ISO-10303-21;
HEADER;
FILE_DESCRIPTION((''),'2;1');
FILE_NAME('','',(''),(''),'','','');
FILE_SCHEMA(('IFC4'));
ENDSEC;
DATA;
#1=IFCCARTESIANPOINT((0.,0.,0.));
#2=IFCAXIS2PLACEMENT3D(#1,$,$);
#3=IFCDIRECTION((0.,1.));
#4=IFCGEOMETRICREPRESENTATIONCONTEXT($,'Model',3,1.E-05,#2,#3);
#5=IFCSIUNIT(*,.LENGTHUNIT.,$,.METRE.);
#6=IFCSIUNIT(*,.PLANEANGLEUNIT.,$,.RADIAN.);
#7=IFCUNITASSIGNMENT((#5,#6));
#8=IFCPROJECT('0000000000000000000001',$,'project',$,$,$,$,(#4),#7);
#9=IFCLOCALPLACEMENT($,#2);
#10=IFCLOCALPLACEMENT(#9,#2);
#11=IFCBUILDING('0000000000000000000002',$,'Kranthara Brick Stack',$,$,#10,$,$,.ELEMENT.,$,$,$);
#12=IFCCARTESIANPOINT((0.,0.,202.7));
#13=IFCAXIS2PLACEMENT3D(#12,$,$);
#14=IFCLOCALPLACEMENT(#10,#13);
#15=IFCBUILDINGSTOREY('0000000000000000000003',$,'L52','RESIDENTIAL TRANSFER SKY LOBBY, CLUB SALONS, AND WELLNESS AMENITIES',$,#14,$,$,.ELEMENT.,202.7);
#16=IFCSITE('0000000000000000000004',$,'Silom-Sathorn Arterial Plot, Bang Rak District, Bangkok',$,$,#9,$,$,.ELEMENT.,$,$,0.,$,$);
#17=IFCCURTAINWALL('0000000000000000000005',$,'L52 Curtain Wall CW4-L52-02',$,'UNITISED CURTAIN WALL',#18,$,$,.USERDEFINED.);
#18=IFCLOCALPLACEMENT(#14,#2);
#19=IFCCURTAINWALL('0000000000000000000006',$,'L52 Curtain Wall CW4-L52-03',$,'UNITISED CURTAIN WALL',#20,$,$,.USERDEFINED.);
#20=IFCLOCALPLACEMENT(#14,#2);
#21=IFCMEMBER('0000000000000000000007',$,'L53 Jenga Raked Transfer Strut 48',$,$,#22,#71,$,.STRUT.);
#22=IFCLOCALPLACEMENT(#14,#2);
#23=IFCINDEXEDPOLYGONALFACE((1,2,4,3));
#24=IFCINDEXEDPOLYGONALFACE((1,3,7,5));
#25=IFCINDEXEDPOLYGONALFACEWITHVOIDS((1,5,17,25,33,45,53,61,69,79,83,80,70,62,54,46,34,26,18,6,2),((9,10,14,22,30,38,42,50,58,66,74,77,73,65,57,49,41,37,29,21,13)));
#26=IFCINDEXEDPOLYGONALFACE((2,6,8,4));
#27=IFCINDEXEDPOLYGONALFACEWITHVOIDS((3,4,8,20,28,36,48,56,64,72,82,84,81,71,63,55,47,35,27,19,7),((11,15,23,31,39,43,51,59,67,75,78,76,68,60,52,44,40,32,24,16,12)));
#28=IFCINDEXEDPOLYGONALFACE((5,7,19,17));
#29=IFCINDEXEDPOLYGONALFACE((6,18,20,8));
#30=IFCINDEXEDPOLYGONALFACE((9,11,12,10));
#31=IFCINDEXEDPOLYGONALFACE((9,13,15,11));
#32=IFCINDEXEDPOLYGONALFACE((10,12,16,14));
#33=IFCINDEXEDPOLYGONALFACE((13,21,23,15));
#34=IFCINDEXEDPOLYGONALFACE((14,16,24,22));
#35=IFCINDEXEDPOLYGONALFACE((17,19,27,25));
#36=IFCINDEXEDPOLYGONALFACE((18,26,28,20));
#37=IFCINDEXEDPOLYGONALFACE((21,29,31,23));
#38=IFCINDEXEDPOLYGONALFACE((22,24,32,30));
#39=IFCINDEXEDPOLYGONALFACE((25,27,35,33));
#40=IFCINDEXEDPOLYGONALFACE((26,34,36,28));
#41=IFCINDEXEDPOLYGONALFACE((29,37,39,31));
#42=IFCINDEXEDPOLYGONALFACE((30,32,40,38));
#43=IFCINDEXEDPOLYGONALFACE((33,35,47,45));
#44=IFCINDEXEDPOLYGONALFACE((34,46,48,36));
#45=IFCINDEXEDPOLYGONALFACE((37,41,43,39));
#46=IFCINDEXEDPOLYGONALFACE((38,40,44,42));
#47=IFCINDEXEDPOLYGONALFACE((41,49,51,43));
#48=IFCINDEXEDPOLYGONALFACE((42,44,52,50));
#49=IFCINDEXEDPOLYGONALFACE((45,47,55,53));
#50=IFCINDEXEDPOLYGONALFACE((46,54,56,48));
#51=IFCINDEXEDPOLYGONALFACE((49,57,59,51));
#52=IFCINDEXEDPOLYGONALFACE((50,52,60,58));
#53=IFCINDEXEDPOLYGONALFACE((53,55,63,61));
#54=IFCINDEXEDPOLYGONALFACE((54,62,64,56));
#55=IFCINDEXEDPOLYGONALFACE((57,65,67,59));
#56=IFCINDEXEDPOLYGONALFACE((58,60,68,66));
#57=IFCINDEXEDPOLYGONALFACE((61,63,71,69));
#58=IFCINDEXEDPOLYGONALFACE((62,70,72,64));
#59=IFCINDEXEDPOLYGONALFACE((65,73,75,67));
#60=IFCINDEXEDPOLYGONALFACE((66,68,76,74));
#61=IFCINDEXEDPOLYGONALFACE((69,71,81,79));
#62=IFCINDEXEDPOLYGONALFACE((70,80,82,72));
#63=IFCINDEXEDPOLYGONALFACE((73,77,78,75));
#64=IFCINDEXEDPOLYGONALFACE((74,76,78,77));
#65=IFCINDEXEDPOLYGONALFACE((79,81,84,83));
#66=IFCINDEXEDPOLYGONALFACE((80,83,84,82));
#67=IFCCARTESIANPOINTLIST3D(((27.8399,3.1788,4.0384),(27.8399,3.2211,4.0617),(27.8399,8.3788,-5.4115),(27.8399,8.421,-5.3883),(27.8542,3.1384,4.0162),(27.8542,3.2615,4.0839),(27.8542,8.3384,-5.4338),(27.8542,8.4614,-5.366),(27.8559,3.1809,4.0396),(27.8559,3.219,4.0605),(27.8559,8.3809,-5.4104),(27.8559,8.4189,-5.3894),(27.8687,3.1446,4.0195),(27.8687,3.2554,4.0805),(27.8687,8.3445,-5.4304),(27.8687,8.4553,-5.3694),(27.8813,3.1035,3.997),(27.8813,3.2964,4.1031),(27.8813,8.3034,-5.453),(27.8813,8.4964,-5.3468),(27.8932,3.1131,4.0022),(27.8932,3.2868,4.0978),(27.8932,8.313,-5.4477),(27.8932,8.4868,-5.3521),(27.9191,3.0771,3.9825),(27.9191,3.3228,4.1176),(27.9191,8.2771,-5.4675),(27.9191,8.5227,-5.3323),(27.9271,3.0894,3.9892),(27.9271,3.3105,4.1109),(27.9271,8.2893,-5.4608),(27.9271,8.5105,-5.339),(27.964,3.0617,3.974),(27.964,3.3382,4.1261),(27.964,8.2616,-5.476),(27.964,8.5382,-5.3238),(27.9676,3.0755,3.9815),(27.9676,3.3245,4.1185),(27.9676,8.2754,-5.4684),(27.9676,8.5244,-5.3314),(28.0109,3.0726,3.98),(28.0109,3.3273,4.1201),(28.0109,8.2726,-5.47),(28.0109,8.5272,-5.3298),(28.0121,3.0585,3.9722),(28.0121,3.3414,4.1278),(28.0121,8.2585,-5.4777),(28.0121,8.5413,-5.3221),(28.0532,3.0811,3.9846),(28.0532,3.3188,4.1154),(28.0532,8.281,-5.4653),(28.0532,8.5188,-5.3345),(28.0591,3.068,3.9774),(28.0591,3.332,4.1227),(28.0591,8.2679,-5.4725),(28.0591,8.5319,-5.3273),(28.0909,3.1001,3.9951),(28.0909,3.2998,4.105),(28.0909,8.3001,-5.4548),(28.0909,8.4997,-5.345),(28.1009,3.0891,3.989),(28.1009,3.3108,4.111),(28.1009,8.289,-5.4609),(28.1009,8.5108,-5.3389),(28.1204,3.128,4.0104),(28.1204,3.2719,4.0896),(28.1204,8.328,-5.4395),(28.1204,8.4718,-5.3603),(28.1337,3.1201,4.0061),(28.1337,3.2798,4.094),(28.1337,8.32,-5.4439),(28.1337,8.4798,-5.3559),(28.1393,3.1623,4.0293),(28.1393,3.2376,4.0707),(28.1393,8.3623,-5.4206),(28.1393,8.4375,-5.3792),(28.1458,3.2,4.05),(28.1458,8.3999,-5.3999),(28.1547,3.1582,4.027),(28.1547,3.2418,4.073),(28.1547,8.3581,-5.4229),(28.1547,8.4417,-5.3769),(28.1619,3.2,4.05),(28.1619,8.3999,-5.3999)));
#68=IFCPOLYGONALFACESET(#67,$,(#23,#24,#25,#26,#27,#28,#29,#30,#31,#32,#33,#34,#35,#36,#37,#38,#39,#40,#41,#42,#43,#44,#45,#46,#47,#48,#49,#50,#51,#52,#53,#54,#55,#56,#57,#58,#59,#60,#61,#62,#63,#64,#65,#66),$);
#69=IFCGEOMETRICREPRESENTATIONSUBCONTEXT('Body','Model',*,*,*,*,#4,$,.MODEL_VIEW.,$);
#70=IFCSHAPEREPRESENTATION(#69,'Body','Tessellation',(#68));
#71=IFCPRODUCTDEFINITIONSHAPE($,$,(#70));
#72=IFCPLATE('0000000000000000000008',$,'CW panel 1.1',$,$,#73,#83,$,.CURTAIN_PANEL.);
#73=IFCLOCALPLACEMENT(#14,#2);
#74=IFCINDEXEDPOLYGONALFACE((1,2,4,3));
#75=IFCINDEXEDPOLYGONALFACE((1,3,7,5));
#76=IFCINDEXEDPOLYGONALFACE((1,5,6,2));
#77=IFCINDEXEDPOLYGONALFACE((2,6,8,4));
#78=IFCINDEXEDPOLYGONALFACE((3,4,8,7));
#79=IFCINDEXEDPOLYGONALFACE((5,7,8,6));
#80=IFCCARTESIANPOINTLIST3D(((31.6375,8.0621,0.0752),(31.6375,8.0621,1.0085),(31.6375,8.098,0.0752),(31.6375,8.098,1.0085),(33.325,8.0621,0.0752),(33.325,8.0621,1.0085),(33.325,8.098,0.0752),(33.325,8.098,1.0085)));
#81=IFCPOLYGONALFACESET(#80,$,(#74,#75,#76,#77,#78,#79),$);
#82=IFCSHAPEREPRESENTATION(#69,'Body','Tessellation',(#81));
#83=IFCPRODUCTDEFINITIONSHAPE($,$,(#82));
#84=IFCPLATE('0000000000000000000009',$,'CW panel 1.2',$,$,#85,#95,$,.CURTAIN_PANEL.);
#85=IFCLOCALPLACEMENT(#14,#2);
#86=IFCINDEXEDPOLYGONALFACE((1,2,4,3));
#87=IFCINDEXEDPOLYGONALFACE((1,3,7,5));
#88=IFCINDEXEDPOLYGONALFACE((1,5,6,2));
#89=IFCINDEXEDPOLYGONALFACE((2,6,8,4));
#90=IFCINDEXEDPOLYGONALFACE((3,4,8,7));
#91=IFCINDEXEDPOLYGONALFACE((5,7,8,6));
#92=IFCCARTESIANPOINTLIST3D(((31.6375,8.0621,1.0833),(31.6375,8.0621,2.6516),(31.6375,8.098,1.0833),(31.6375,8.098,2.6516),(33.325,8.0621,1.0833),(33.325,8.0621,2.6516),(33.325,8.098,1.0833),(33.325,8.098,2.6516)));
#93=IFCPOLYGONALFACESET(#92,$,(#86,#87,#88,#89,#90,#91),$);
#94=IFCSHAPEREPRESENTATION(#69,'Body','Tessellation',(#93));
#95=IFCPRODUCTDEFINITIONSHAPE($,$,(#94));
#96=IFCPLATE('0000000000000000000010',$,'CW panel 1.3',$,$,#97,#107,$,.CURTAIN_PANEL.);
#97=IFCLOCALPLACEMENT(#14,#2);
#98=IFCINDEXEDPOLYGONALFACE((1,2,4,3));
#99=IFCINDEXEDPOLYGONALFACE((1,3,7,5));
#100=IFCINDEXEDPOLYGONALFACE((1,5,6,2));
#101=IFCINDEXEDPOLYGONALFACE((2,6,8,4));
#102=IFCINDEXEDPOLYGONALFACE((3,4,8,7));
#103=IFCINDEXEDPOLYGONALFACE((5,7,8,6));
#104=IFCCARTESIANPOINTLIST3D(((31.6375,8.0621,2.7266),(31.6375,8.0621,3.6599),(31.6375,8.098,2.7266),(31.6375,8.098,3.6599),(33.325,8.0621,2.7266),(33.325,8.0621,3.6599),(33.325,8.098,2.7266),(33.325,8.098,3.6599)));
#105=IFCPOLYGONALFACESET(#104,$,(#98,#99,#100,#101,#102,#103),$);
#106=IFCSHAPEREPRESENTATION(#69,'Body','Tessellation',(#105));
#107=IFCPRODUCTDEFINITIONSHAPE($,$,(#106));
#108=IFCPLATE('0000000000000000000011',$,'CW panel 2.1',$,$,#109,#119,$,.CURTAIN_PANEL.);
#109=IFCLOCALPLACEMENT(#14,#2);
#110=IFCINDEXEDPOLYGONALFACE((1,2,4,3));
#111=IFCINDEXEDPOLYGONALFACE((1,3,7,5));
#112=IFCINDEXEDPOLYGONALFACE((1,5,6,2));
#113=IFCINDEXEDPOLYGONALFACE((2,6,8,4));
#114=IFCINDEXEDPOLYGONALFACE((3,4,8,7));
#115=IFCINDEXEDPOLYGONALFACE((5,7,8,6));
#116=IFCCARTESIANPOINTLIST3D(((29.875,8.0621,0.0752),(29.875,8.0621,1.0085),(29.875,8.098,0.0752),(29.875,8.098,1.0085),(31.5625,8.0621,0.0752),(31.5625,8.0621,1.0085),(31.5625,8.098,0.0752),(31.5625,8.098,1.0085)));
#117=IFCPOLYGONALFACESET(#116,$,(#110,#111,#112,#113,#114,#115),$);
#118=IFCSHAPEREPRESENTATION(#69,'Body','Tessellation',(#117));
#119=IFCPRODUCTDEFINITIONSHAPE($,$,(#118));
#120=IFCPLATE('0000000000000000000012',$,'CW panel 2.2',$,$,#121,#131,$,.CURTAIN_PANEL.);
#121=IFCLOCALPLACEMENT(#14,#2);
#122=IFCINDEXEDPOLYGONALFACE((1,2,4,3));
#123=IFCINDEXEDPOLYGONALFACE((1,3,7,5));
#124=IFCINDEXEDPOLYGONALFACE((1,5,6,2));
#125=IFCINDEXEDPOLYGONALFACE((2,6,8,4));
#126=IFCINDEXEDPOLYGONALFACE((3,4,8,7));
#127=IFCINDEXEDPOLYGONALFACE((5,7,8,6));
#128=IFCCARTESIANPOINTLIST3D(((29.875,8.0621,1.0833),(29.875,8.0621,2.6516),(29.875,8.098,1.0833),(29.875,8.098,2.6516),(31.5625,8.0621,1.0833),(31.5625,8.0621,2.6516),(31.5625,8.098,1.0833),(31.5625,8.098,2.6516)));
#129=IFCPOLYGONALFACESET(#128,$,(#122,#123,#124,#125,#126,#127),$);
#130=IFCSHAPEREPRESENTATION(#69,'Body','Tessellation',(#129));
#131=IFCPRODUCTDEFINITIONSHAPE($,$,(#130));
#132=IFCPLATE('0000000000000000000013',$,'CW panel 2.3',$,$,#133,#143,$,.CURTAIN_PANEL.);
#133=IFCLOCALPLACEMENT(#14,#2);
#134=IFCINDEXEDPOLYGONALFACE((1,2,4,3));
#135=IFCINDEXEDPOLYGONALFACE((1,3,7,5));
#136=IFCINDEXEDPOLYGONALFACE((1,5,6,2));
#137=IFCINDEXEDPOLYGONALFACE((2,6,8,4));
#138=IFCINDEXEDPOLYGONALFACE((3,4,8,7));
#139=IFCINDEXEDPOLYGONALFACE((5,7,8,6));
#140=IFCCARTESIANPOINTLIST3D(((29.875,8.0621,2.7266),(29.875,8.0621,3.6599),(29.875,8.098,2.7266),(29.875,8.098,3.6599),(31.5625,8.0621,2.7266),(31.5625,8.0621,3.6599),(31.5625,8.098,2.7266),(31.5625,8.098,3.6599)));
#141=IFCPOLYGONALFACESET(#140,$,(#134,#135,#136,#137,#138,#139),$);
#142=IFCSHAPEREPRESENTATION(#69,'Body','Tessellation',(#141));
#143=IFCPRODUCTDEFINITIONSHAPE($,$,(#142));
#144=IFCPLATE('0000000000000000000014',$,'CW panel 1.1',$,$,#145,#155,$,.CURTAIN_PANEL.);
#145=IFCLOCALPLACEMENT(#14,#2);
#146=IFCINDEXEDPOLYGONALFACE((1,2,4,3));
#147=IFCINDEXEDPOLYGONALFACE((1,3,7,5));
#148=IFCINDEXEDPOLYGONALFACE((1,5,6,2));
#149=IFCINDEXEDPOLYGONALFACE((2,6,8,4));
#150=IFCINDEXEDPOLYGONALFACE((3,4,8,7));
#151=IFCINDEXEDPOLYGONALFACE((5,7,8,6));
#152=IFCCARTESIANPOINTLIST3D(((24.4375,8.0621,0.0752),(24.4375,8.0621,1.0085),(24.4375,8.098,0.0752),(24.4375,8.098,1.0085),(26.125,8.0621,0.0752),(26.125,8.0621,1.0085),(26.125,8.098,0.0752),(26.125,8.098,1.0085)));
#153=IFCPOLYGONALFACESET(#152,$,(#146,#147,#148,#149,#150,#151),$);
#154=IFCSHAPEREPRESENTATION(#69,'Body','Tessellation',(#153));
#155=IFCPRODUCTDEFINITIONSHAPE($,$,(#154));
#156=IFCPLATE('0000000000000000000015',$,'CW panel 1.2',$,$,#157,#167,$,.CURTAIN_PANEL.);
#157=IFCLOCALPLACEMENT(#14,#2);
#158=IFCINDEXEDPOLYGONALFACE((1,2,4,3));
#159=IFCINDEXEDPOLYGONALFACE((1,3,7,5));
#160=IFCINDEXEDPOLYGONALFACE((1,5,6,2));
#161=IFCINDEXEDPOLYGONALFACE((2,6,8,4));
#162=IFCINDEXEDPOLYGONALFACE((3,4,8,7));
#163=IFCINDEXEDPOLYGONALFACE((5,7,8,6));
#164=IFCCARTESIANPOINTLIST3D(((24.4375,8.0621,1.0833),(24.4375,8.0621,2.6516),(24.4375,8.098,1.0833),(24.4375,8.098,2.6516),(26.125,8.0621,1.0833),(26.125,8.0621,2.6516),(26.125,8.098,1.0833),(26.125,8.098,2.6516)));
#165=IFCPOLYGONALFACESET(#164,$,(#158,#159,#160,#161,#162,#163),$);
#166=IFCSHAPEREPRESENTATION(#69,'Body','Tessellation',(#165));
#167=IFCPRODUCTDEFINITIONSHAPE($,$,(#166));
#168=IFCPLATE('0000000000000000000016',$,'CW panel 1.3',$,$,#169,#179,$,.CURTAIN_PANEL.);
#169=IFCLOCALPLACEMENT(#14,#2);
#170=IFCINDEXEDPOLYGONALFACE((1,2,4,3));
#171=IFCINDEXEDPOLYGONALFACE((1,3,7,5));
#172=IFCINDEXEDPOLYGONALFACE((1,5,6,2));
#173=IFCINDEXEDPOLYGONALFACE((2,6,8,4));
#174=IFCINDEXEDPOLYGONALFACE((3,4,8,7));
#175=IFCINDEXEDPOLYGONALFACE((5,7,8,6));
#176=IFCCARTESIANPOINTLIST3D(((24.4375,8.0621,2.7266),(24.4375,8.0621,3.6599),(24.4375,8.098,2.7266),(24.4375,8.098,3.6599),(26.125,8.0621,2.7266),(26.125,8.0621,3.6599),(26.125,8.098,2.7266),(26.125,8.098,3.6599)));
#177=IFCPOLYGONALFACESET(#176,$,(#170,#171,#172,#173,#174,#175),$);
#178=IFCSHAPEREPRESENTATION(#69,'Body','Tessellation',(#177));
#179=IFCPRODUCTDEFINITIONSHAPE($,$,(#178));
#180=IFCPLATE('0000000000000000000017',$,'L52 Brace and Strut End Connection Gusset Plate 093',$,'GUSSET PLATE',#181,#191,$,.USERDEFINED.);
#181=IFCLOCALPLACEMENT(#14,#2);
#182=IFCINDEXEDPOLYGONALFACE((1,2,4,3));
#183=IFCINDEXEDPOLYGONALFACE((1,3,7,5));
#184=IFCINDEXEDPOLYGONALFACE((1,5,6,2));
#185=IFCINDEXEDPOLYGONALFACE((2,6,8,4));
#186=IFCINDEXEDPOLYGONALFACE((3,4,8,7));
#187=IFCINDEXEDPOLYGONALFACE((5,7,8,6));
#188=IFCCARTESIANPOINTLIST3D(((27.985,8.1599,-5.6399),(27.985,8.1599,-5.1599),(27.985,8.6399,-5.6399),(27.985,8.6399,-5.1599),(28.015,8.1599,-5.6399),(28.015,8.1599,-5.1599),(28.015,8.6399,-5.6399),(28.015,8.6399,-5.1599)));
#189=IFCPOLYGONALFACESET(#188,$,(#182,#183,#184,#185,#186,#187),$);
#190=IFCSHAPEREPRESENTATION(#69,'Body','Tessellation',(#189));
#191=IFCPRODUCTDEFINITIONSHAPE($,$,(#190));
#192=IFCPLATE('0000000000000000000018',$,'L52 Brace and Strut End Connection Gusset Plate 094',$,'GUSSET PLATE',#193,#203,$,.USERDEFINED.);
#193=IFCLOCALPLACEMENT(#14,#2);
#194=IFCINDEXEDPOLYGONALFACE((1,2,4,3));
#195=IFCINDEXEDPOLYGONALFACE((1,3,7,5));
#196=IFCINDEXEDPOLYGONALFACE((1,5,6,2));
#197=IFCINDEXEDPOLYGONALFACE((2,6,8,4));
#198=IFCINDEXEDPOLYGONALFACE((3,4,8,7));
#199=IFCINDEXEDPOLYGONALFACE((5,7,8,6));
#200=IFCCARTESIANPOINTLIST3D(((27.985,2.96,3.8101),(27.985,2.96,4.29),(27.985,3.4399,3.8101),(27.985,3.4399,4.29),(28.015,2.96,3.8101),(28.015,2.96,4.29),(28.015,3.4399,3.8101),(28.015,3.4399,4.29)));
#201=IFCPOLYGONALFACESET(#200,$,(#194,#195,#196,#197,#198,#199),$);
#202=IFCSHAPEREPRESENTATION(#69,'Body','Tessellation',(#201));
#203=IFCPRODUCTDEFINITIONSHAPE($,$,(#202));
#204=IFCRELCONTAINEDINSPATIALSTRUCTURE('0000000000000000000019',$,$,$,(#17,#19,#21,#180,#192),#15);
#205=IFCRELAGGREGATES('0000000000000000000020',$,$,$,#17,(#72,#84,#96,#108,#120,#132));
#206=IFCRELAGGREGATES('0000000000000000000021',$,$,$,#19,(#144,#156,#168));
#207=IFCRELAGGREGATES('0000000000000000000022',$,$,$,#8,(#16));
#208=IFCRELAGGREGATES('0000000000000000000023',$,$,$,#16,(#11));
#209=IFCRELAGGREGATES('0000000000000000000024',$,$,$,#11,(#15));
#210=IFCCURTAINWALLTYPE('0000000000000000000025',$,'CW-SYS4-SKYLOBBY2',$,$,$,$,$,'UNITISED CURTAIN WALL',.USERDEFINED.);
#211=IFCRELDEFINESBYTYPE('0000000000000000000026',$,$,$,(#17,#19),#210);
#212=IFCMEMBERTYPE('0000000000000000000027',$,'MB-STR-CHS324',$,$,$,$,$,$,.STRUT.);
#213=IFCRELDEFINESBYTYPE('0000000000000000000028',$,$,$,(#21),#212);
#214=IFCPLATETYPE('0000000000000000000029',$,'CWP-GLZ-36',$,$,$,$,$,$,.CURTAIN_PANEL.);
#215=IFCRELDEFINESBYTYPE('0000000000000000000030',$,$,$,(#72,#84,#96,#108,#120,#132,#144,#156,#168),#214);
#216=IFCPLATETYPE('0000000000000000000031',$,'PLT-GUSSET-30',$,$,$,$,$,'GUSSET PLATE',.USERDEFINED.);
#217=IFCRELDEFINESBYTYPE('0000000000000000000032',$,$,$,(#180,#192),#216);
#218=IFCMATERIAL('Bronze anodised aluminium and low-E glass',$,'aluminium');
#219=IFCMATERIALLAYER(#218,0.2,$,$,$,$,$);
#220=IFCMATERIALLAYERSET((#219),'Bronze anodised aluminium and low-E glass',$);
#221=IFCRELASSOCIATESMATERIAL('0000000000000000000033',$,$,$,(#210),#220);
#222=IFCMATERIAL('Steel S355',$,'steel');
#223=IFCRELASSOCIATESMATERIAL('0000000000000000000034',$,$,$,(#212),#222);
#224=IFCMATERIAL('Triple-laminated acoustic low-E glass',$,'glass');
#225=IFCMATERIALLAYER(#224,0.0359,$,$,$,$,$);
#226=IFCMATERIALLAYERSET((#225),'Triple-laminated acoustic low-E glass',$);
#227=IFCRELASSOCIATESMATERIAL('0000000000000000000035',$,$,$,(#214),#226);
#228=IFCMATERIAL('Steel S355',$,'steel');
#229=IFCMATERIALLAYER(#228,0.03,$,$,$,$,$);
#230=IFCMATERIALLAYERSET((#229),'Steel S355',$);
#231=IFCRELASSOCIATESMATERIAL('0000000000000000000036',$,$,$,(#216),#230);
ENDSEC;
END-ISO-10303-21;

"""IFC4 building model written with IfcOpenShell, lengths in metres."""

from ifc_helpers import new_model, si_unit, direction, frame, origin, origin_2d, place, context, subcontext, project, spatial, rectangle, hollow_circle, extrude, material, layer, layer_set, material_profile, profile_set, type_object, element, aggregate, save


model = new_model("IFC4")

# Units and contexts
model_context = context("Model", 3, precision=1e-05, world=origin(), true_north=direction((0.0, 1.0)))
body_context = subcontext(model_context, "Body", "Model", "MODEL_VIEW")
ifc_project = project(units=[si_unit("LENGTHUNIT", "METRE"), si_unit("PLANEANGLEUNIT", "RADIAN")], contexts=[model_context])

# Site, building, storey
site_placement = place(None, origin())
site = spatial("IfcSite", under=ifc_project, at=site_placement, Name="Silom-Sathorn Arterial Plot, Bang Rak District, Bangkok", CompositionType="ELEMENT", RefElevation=0.0)
building_placement = place(site_placement, origin())
building = spatial("IfcBuilding", under=site, at=building_placement, Name="Kranthara Brick Stack", CompositionType="ELEMENT")
storey_placement = place(building_placement, frame((0.0, 0.0, 202.7)))
storey = spatial("IfcBuildingStorey", under=building, at=storey_placement, Name="L52", Description="RESIDENTIAL TRANSFER SKY LOBBY, CLUB SALONS, AND WELLNESS AMENITIES", CompositionType="ELEMENT", Elevation=202.7)

# Curtain walls
ifc_material_1 = material(Name="Bronze anodised aluminium and low-E glass", Category="aluminium")
ifc_layer_1 = layer(ifc_material_1, 0.2)
ifc_layer_set_1 = layer_set([ifc_layer_1], Name="Bronze anodised aluminium and low-E glass")
curtain_wall_type = type_object("IfcCurtainWallType", Name="CW-SYS4-SKYLOBBY2", ElementType="UNITISED CURTAIN WALL", PredefinedType="USERDEFINED", material=ifc_layer_set_1)
curtain_wall_1_placement = place(storey_placement, origin())
curtain_wall_1 = element("IfcCurtainWall", 1, at=curtain_wall_1_placement, inside=storey, type_object=curtain_wall_type, Name="L52 Curtain Wall CW4-L52-02", ObjectType="UNITISED CURTAIN WALL", PredefinedType="USERDEFINED")
curtain_wall_2_placement = place(storey_placement, origin())
curtain_wall_2 = element("IfcCurtainWall", 2, at=curtain_wall_2_placement, inside=storey, type_object=curtain_wall_type, Name="L52 Curtain Wall CW4-L52-03", ObjectType="UNITISED CURTAIN WALL", PredefinedType="USERDEFINED")

# Member
ifc_material_2 = material(Name="Steel S355", Category="steel")
ifc_material_profile_1 = material_profile(ifc_material_2, hollow_circle(Radius=0.1619, WallThickness=0.0161, at=origin_2d()), Name="CHS 323.9x16")
ifc_profile_set_1 = profile_set([ifc_material_profile_1], Name="Steel S355")
member_type_1 = type_object("IfcMemberType", Name="MB-STR-CHS324", PredefinedType="STRUT", material=ifc_profile_set_1)
member_1_placement = place(storey_placement, frame((28.0, 8.3999, -5.3999), z_axis=(0.0, -0.482095, 0.876119), x_axis=(1.0, 0.0, 0.0)))
element("IfcMember", 3, at=member_1_placement, inside=storey, type_object=member_type_1, Name="L53 Jenga Raked Transfer Strut 48", PredefinedType="STRUT", context=body_context, shape_type="SweptSolid", body=[
    extrude(hollow_circle(Radius=0.1619, WallThickness=0.0161, at=origin_2d()), origin(), (0.0, 0.0, 1.0), 10.7861),
])

# Plates
ifc_material_3 = material(Name="Triple-laminated acoustic low-E glass", Category="glass")
ifc_layer_2 = layer(ifc_material_3, 0.0359)
ifc_layer_set_2 = layer_set([ifc_layer_2], Name="Triple-laminated acoustic low-E glass")
plate_type_1 = type_object("IfcPlateType", Name="CWP-GLZ-36", PredefinedType="CURTAIN_PANEL", material=ifc_layer_set_2)
plate_1_placement = place(storey_placement, frame((32.4812, 8.0801, 0.0752), z_axis=(0.0, 0.0, 1.0), x_axis=(-1.0, 0.0, 0.0)))
plate_1 = element("IfcPlate", 4, at=plate_1_placement, type_object=plate_type_1, Name="CW panel 1.1", PredefinedType="CURTAIN_PANEL", context=body_context, shape_type="SweptSolid", body=[
    extrude(rectangle(XDim=1.6875, YDim=0.0359, at=origin_2d()), origin(), (0.0, 0.0, 1.0), 0.9333),
])
plate_2_placement = place(storey_placement, frame((32.4812, 8.0801, 1.0833), z_axis=(0.0, 0.0, 1.0), x_axis=(-1.0, 0.0, 0.0)))
plate_2 = element("IfcPlate", 5, at=plate_2_placement, type_object=plate_type_1, Name="CW panel 1.2", PredefinedType="CURTAIN_PANEL", context=body_context, shape_type="SweptSolid", body=[
    extrude(rectangle(XDim=1.6875, YDim=0.0359, at=origin_2d()), origin(), (0.0, 0.0, 1.0), 1.5684),
])
plate_3_placement = place(storey_placement, frame((32.4812, 8.0801, 2.7266), z_axis=(0.0, 0.0, 1.0), x_axis=(-1.0, 0.0, 0.0)))
plate_3 = element("IfcPlate", 6, at=plate_3_placement, type_object=plate_type_1, Name="CW panel 1.3", PredefinedType="CURTAIN_PANEL", context=body_context, shape_type="SweptSolid", body=[
    extrude(rectangle(XDim=1.6875, YDim=0.0359, at=origin_2d()), origin(), (0.0, 0.0, 1.0), 0.9333),
])
plate_4_placement = place(storey_placement, frame((30.7188, 8.0801, 0.0752), z_axis=(0.0, 0.0, 1.0), x_axis=(-1.0, 0.0, 0.0)))
plate_4 = element("IfcPlate", 7, at=plate_4_placement, type_object=plate_type_1, Name="CW panel 2.1", PredefinedType="CURTAIN_PANEL", context=body_context, shape_type="SweptSolid", body=[
    extrude(rectangle(XDim=1.6875, YDim=0.0359, at=origin_2d()), origin(), (0.0, 0.0, 1.0), 0.9333),
])
plate_5_placement = place(storey_placement, frame((30.7188, 8.0801, 1.0833), z_axis=(0.0, 0.0, 1.0), x_axis=(-1.0, 0.0, 0.0)))
plate_5 = element("IfcPlate", 8, at=plate_5_placement, type_object=plate_type_1, Name="CW panel 2.2", PredefinedType="CURTAIN_PANEL", context=body_context, shape_type="SweptSolid", body=[
    extrude(rectangle(XDim=1.6875, YDim=0.0359, at=origin_2d()), origin(), (0.0, 0.0, 1.0), 1.5684),
])
plate_6_placement = place(storey_placement, frame((30.7188, 8.0801, 2.7266), z_axis=(0.0, 0.0, 1.0), x_axis=(-1.0, 0.0, 0.0)))
plate_6 = element("IfcPlate", 9, at=plate_6_placement, type_object=plate_type_1, Name="CW panel 2.3", PredefinedType="CURTAIN_PANEL", context=body_context, shape_type="SweptSolid", body=[
    extrude(rectangle(XDim=1.6875, YDim=0.0359, at=origin_2d()), origin(), (0.0, 0.0, 1.0), 0.9333),
])
aggregate(curtain_wall_1, [plate_1, plate_2, plate_3, plate_4, plate_5, plate_6])
plate_7_placement = place(storey_placement, frame((25.2812, 8.0801, 0.0752), z_axis=(0.0, 0.0, 1.0), x_axis=(-1.0, 0.0, 0.0)))
plate_7 = element("IfcPlate", 10, at=plate_7_placement, type_object=plate_type_1, Name="CW panel 1.1", PredefinedType="CURTAIN_PANEL", context=body_context, shape_type="SweptSolid", body=[
    extrude(rectangle(XDim=1.6875, YDim=0.0359, at=origin_2d()), origin(), (0.0, 0.0, 1.0), 0.9333),
])
plate_8_placement = place(storey_placement, frame((25.2812, 8.0801, 1.0833), z_axis=(0.0, 0.0, 1.0), x_axis=(-1.0, 0.0, 0.0)))
plate_8 = element("IfcPlate", 11, at=plate_8_placement, type_object=plate_type_1, Name="CW panel 1.2", PredefinedType="CURTAIN_PANEL", context=body_context, shape_type="SweptSolid", body=[
    extrude(rectangle(XDim=1.6875, YDim=0.0359, at=origin_2d()), origin(), (0.0, 0.0, 1.0), 1.5684),
])
plate_9_placement = place(storey_placement, frame((25.2812, 8.0801, 2.7266), z_axis=(0.0, 0.0, 1.0), x_axis=(-1.0, 0.0, 0.0)))
plate_9 = element("IfcPlate", 12, at=plate_9_placement, type_object=plate_type_1, Name="CW panel 1.3", PredefinedType="CURTAIN_PANEL", context=body_context, shape_type="SweptSolid", body=[
    extrude(rectangle(XDim=1.6875, YDim=0.0359, at=origin_2d()), origin(), (0.0, 0.0, 1.0), 0.9333),
])
aggregate(curtain_wall_2, [plate_7, plate_8, plate_9])

# Plates
ifc_material_4 = material(Name="Steel S355", Category="steel")
ifc_layer_3 = layer(ifc_material_4, 0.03)
ifc_layer_set_3 = layer_set([ifc_layer_3], Name="Steel S355")
plate_type_2 = type_object("IfcPlateType", Name="PLT-GUSSET-30", ElementType="GUSSET PLATE", PredefinedType="USERDEFINED", material=ifc_layer_set_3)
for number, where, z_axis, x_axis, name in (
    (13, (28.0, 8.3999, -5.6399), (0.0, 0.0, 1.0), (0.0, 1.0, 0.0), "L52 Brace and Strut End Connection Gusset Plate 093"),
    (14, (28.0, 3.2, 3.8101), (0.0, 0.0, 1.0), (0.0, 1.0, 0.0), "L52 Brace and Strut End Connection Gusset Plate 094"),
):
    element("IfcPlate", number, at=place(storey_placement, frame(where, z_axis=z_axis, x_axis=x_axis)), inside=storey, type_object=plate_type_2, Name=name, ObjectType="GUSSET PLATE", PredefinedType="USERDEFINED", context=body_context, shape_type="SweptSolid", body=[
        extrude(rectangle(XDim=0.48, YDim=0.03, at=origin_2d()), origin(), (0.0, 0.0, 1.0), 0.48),
    ])

save(model, "model.ifc")
